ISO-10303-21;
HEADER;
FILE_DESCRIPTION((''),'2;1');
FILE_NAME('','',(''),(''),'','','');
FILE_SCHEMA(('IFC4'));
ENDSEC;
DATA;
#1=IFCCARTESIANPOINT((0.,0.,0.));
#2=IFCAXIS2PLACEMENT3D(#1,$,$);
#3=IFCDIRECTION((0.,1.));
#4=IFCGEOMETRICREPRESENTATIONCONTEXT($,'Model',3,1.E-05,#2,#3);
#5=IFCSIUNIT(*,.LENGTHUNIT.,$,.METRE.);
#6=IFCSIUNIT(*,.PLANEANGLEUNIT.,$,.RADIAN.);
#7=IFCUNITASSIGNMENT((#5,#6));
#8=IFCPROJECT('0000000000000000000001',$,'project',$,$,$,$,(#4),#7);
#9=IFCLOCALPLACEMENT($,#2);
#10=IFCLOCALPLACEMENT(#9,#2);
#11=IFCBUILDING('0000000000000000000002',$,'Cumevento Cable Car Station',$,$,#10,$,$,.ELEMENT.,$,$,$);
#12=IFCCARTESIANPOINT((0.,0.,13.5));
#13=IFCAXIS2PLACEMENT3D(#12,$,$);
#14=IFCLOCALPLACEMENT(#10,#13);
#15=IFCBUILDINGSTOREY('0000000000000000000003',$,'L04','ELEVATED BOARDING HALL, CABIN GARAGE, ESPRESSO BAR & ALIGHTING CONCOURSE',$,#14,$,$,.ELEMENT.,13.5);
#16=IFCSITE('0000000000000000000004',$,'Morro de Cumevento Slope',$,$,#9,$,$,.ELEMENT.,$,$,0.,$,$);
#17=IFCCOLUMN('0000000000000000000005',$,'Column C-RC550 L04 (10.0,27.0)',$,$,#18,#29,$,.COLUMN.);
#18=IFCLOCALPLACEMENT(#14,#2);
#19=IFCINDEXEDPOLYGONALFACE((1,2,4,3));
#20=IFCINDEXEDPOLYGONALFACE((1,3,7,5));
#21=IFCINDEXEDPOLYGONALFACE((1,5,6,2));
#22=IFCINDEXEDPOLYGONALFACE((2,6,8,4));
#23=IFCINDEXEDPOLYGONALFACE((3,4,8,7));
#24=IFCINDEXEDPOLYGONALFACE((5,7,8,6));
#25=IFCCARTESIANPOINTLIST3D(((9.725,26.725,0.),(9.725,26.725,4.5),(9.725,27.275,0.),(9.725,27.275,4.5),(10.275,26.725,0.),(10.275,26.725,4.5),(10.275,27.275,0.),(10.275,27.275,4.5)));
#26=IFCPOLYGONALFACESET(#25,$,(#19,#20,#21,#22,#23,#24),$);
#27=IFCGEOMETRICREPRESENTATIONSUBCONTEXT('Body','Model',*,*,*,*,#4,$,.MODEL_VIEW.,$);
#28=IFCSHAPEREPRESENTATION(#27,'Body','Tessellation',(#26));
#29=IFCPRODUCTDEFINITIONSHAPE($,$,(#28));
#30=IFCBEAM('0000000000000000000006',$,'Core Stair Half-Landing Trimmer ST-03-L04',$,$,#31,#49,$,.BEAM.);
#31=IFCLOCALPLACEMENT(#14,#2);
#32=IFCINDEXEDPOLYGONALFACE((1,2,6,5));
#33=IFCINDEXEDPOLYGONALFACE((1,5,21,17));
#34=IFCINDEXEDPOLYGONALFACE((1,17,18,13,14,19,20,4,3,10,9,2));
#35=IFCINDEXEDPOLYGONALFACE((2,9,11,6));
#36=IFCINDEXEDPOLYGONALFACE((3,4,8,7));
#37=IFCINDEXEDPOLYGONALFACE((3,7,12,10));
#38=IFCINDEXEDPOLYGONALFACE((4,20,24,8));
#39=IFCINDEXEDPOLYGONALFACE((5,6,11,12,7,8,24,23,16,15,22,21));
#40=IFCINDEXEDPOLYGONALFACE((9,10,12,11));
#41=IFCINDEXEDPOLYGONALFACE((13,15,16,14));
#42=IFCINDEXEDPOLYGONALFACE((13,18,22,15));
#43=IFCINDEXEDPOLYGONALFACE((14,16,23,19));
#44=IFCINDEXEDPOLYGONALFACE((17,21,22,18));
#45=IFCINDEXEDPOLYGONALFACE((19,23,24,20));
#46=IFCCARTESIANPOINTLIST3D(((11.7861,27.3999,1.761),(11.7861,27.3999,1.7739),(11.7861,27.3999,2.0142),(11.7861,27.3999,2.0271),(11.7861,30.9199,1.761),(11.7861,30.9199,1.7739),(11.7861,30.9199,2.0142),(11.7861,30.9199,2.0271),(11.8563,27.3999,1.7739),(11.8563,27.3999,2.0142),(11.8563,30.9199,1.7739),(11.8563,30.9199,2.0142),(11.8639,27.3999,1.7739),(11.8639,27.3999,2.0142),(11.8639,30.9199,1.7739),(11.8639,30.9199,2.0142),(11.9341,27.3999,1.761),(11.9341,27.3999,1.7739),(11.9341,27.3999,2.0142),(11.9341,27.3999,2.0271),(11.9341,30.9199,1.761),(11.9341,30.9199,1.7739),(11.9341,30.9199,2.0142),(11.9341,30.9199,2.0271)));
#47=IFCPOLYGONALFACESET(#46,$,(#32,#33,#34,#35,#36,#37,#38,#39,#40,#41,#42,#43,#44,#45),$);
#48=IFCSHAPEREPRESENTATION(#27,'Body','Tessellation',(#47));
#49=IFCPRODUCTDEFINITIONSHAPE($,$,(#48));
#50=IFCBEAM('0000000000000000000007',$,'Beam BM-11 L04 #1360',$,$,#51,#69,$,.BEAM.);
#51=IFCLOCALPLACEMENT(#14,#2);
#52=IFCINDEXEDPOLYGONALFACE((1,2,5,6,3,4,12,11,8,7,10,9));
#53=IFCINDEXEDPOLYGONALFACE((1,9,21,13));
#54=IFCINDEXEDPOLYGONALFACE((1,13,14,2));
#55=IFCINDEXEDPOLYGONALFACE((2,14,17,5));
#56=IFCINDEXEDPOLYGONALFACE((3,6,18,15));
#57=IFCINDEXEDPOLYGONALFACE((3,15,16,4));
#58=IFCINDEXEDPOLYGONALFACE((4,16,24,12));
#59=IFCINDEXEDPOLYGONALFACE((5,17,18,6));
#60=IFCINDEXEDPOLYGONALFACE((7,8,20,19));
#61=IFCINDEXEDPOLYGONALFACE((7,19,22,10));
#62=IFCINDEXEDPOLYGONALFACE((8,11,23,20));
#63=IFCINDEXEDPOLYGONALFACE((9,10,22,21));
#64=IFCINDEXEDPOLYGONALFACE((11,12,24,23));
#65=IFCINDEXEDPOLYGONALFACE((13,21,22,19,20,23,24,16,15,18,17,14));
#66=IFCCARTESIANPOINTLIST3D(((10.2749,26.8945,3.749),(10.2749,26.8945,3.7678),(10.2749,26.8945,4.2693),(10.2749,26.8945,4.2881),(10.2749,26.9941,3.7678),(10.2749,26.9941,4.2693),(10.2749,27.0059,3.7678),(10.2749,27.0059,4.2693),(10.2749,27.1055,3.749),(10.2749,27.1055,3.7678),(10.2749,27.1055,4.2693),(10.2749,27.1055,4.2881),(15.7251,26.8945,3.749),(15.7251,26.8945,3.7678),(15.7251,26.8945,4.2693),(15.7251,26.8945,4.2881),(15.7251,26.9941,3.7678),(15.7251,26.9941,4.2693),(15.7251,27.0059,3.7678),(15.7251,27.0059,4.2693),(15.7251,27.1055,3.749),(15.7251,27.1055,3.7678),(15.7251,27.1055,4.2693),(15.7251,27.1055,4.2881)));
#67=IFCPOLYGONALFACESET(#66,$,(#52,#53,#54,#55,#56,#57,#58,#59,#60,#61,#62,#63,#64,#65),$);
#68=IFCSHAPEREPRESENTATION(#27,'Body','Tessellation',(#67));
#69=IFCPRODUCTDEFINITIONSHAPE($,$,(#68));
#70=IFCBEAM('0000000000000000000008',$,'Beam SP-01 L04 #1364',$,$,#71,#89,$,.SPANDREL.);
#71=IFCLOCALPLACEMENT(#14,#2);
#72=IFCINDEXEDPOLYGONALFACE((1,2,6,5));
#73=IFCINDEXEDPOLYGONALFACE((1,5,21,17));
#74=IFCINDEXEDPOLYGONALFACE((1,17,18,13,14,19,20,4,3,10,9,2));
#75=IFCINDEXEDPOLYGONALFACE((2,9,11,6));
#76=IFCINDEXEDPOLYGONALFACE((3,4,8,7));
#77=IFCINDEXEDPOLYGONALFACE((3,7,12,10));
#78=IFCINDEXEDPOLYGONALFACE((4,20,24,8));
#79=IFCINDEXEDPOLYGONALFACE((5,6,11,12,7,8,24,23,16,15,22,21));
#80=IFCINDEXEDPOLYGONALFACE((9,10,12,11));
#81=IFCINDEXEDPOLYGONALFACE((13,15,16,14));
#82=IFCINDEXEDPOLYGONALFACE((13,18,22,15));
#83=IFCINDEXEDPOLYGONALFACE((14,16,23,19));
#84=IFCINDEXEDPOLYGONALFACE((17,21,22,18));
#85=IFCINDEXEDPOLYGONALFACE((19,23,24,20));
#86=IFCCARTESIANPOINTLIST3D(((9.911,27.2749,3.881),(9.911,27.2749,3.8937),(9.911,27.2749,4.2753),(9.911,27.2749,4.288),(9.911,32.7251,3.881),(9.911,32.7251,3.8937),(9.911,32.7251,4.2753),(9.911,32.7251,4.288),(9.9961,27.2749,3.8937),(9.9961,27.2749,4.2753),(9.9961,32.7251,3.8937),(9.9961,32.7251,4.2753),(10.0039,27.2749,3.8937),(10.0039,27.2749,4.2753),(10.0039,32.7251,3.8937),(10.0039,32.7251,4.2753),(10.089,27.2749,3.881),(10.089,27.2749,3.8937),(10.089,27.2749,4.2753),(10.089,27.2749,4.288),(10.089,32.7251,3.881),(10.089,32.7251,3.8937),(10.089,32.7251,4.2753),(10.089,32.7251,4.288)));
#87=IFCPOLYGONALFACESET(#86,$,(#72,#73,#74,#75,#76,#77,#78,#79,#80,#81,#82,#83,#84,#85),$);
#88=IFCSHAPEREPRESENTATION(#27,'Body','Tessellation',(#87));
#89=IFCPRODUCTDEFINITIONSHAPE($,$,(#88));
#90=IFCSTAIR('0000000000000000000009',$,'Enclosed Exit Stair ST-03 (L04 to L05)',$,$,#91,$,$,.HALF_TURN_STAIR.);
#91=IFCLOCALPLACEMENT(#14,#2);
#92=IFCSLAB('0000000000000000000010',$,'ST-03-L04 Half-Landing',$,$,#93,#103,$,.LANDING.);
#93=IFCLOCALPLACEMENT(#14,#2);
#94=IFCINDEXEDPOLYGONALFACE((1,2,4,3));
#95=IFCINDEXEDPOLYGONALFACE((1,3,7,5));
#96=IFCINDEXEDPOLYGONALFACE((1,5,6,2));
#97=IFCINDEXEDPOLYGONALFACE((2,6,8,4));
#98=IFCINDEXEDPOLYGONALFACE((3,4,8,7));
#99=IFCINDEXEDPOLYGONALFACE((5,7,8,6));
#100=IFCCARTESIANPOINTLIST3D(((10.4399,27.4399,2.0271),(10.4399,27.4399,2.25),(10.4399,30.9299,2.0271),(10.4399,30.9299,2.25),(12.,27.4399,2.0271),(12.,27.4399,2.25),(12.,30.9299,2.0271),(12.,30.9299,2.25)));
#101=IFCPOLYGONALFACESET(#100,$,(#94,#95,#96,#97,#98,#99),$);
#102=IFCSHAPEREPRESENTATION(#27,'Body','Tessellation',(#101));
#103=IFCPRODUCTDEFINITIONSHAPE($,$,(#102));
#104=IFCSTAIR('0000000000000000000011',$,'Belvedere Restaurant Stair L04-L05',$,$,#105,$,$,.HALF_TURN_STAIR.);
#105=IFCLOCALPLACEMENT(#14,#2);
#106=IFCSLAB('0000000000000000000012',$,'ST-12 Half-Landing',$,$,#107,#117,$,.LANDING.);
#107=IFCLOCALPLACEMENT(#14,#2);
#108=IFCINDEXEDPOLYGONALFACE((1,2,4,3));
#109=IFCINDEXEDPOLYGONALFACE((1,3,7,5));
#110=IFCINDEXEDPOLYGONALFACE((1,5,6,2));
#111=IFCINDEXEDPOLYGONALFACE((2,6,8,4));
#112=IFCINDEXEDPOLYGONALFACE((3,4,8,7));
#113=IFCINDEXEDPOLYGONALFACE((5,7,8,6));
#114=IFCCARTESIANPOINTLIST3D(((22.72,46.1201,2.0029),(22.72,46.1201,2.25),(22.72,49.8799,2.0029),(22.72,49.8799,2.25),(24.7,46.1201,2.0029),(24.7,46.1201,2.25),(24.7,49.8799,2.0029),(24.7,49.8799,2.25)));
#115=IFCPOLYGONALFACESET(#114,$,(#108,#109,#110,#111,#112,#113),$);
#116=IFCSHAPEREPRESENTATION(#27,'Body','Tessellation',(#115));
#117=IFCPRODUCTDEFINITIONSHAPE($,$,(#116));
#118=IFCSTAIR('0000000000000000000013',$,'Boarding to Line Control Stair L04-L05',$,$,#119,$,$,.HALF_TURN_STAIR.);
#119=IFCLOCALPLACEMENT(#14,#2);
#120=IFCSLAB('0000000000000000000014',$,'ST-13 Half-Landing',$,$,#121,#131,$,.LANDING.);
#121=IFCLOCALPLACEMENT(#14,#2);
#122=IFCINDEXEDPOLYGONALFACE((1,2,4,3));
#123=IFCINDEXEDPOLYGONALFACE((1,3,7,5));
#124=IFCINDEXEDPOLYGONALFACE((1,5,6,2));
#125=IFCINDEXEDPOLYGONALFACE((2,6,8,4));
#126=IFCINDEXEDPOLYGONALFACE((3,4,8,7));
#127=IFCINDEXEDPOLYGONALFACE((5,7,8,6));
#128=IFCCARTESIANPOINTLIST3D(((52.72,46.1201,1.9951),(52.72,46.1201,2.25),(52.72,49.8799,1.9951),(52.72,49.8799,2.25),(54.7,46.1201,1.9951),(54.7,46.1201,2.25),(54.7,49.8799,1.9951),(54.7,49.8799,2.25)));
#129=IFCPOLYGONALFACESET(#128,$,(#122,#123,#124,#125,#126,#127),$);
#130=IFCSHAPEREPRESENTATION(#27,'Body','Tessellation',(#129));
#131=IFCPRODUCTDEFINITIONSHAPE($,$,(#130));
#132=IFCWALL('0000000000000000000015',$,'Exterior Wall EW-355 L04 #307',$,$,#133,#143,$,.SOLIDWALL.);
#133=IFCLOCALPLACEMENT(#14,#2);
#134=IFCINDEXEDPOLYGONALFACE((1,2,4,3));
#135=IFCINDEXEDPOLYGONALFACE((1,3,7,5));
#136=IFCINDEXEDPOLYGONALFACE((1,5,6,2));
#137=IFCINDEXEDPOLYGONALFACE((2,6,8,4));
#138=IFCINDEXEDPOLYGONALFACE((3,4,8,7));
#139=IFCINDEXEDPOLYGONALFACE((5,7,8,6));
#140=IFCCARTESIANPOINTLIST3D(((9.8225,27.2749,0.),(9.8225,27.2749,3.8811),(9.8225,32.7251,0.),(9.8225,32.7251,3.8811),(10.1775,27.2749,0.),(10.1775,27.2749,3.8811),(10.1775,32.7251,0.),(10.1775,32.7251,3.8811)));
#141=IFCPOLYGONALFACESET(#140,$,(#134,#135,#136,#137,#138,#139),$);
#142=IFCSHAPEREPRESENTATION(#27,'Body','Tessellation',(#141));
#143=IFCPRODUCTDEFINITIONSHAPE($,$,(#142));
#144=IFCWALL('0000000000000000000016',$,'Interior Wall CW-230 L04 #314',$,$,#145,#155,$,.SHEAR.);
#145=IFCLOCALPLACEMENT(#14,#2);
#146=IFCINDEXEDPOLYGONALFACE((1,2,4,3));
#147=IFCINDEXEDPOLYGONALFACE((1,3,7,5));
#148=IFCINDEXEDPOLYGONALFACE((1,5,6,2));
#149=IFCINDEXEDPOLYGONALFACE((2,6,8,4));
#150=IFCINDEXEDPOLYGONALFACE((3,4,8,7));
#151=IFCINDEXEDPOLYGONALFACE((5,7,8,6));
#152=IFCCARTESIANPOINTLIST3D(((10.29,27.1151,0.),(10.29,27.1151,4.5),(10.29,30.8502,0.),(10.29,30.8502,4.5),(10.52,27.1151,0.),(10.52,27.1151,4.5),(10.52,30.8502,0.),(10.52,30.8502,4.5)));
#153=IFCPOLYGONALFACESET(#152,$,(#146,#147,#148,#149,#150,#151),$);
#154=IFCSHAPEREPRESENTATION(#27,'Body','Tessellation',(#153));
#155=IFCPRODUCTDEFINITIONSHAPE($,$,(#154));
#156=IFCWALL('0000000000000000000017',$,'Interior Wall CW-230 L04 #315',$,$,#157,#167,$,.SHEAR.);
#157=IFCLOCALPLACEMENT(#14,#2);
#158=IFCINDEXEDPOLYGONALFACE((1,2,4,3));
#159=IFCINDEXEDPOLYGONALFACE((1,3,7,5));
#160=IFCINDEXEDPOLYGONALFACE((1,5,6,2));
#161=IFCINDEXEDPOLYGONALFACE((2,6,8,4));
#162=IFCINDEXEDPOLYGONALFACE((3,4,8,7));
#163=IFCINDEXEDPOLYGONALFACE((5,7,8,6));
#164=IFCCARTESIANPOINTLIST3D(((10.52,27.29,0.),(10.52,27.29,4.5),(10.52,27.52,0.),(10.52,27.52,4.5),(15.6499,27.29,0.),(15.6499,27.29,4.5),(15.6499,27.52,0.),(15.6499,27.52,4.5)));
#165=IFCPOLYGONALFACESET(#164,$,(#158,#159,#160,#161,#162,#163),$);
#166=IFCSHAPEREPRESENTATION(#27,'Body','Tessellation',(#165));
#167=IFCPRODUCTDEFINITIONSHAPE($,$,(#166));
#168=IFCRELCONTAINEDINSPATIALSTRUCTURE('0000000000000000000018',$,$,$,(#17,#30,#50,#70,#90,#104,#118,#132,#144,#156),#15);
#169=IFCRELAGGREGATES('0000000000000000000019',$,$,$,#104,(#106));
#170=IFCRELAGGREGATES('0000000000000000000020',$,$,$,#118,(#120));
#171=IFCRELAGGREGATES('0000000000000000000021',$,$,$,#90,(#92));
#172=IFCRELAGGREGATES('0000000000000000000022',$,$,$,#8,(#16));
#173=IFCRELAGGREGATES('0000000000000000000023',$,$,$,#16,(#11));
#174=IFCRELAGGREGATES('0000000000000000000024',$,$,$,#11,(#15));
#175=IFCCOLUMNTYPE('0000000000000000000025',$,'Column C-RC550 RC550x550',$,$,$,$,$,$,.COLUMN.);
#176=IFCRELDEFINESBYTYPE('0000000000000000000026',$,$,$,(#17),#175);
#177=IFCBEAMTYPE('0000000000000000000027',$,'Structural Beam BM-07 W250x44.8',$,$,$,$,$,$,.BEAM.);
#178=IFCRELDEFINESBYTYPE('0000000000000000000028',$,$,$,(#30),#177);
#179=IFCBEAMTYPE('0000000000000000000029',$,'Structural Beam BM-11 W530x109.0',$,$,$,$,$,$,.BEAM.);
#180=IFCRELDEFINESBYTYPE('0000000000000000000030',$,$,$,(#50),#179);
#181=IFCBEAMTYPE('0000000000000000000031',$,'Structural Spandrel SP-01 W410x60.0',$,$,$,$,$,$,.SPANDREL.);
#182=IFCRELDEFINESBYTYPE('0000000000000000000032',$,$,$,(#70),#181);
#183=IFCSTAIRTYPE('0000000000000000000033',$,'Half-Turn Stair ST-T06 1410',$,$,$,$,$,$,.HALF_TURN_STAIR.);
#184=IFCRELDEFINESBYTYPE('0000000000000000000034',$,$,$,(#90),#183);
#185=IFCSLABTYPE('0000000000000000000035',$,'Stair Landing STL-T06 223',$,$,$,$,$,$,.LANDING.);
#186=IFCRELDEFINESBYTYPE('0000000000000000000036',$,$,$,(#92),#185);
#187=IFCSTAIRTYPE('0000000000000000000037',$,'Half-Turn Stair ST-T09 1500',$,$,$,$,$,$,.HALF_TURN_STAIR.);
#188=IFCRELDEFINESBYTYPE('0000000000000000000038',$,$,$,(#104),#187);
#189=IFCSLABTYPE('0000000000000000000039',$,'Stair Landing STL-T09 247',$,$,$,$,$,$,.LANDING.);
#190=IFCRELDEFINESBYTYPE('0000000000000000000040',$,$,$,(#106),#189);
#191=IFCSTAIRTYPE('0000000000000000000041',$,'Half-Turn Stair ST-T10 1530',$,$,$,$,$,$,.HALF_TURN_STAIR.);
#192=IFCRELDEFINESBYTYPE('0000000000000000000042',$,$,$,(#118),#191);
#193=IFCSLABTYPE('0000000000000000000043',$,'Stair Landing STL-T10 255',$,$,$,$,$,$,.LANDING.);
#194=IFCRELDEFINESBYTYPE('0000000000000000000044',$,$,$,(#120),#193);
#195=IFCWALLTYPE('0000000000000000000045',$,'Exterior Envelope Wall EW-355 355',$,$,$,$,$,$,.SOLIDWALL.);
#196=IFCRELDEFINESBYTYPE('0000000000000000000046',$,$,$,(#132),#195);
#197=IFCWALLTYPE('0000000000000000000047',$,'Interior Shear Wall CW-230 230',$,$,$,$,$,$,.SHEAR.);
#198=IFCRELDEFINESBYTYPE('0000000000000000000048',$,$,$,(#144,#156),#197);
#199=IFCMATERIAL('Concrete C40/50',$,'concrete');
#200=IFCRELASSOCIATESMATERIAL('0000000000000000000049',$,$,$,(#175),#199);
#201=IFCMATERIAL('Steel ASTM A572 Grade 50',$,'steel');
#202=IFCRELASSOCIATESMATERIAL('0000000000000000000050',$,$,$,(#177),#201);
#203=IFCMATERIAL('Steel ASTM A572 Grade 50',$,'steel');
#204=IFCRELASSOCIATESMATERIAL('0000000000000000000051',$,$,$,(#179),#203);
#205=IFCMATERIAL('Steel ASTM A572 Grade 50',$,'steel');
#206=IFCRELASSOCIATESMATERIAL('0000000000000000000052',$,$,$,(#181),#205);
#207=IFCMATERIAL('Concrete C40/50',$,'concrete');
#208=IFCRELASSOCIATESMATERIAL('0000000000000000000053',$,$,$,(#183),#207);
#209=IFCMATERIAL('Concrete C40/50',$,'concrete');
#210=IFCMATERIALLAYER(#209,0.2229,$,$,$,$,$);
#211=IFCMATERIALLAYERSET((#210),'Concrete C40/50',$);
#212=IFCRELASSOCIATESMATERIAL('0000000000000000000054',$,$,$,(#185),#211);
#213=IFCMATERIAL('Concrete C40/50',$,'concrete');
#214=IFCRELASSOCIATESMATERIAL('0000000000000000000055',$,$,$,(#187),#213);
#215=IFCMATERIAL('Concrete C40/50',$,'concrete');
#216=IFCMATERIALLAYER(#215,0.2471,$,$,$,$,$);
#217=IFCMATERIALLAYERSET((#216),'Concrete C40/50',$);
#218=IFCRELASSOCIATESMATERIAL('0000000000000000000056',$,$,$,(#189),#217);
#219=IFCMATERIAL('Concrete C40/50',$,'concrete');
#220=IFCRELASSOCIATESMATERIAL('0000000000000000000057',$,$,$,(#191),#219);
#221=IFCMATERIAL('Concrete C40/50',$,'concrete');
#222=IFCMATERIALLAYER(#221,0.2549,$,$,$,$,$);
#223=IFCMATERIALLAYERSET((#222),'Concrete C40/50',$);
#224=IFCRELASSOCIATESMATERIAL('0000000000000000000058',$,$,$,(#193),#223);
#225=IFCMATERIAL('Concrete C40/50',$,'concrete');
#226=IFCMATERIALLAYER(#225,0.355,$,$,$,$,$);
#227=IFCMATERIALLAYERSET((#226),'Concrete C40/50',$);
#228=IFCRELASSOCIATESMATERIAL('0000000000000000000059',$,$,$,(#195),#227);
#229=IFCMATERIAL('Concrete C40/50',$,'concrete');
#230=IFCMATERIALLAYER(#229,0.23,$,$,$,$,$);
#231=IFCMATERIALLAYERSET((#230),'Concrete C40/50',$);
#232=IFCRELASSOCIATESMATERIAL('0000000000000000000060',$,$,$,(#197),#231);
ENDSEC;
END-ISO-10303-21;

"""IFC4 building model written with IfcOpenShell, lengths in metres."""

from ifc_helpers import new_model, si_unit, direction, frame, frame_2d, origin, origin_2d, place, context, subcontext, project, spatial, polyline, rectangle, i_section, outline, extrude, material, layer, layer_set, material_profile, profile_set, type_object, element, aggregate, save


model = new_model("IFC4")

# Units and contexts
model_context = context("Model", 3, precision=1e-05, world=origin(), true_north=direction((0.0, 1.0)))
body_context = subcontext(model_context, "Body", "Model", "MODEL_VIEW")
ifc_project = project(units=[si_unit("LENGTHUNIT", "METRE"), si_unit("PLANEANGLEUNIT", "RADIAN")], contexts=[model_context])

# Site, building, storey
site_placement = place(None, origin())
site = spatial("IfcSite", under=ifc_project, at=site_placement, Name="Morro de Cumevento Slope", CompositionType="ELEMENT", RefElevation=0.0)
building_placement = place(site_placement, origin())
building = spatial("IfcBuilding", under=site, at=building_placement, Name="Cumevento Cable Car Station", CompositionType="ELEMENT")
storey_placement = place(building_placement, frame((0.0, 0.0, 13.5)))
storey = spatial("IfcBuildingStorey", under=building, at=storey_placement, Name="L04", Description="ELEVATED BOARDING HALL, CABIN GARAGE, ESPRESSO BAR & ALIGHTING CONCOURSE", CompositionType="ELEMENT", Elevation=13.5)

# Column
ifc_material_1 = material(Name="Concrete C40/50", Category="concrete")
ifc_material_profile_1 = material_profile(ifc_material_1, rectangle(XDim=0.55, YDim=0.55, at=origin_2d()), Name="RC550x550")
ifc_profile_set_1 = profile_set([ifc_material_profile_1], Name="Concrete C40/50")
column_type = type_object("IfcColumnType", Name="Column C-RC550 RC550x550", PredefinedType="COLUMN", material=ifc_profile_set_1)
column_placement = place(storey_placement, frame((10.0, 27.0, 0.0), z_axis=(0.0, 0.0, 1.0), x_axis=(1.0, 0.0, 0.0)))
element("IfcColumn", 1, at=column_placement, inside=storey, type_object=column_type, Name="Column C-RC550 L04 (10.0,27.0)", PredefinedType="COLUMN", context=body_context, shape_type="SweptSolid", body=[
    extrude(rectangle(XDim=0.55, YDim=0.55, at=origin_2d()), origin(), (0.0, 0.0, 1.0), 4.5),
])

# Beams
ifc_material_2 = material(Name="Steel ASTM A572 Grade 50", Category="steel")
ifc_material_profile_2 = material_profile(ifc_material_2, i_section(OverallWidth=0.1479, OverallDepth=0.2661, WebThickness=0.0076, FlangeThickness=0.0129, at=origin_2d()), Name="W250x44.8")
ifc_profile_set_2 = profile_set([ifc_material_profile_2], Name="Steel ASTM A572 Grade 50")
beam_type_1 = type_object("IfcBeamType", Name="Structural Beam BM-07 W250x44.8", PredefinedType="BEAM", material=ifc_profile_set_2)
beam_1_placement = place(storey_placement, frame((11.8601, 27.3999, 1.894), z_axis=(0.0, 1.0, 0.0), x_axis=(-1.0, 0.0, 0.0)))
element("IfcBeam", 2, at=beam_1_placement, inside=storey, type_object=beam_type_1, Name="Core Stair Half-Landing Trimmer ST-03-L04", PredefinedType="BEAM", context=body_context, shape_type="SweptSolid", body=[
    extrude(i_section(OverallWidth=0.1479, OverallDepth=0.2661, WebThickness=0.0076, FlangeThickness=0.0129, at=origin_2d()), origin(), (0.0, 0.0, 1.0), 3.52),
])
ifc_material_3 = material(Name="Steel ASTM A572 Grade 50", Category="steel")
ifc_material_profile_3 = material_profile(ifc_material_3, i_section(OverallWidth=0.2109, OverallDepth=0.5391, WebThickness=0.0117, FlangeThickness=0.0188, at=origin_2d()), Name="W530x109.0")
ifc_profile_set_3 = profile_set([ifc_material_profile_3], Name="Steel ASTM A572 Grade 50")
beam_type_2 = type_object("IfcBeamType", Name="Structural Beam BM-11 W530x109.0", PredefinedType="BEAM", material=ifc_profile_set_3)
beam_2_placement = place(storey_placement, frame((10.2749, 27.0, 4.0186), z_axis=(1.0, 0.0, 0.0), x_axis=(0.0, 1.0, 0.0)))
element("IfcBeam", 3, at=beam_2_placement, inside=storey, type_object=beam_type_2, Name="Beam BM-11 L04 #1360", PredefinedType="BEAM", context=body_context, shape_type="SweptSolid", body=[
    extrude(i_section(OverallWidth=0.2109, OverallDepth=0.5391, WebThickness=0.0117, FlangeThickness=0.0188, at=origin_2d()), origin(), (0.0, 0.0, 1.0), 5.4502),
])
ifc_material_4 = material(Name="Steel ASTM A572 Grade 50", Category="steel")
ifc_material_profile_4 = material_profile(ifc_material_4, i_section(OverallWidth=0.178, OverallDepth=0.407, WebThickness=0.0078, FlangeThickness=0.0127, at=origin_2d()), Name="W410x60.0")
ifc_profile_set_4 = profile_set([ifc_material_profile_4], Name="Steel ASTM A572 Grade 50")
beam_type_3 = type_object("IfcBeamType", Name="Structural Spandrel SP-01 W410x60.0", PredefinedType="SPANDREL", material=ifc_profile_set_4)
beam_3_placement = place(storey_placement, frame((10.0, 27.2749, 4.0845), z_axis=(0.0, 1.0, 0.0), x_axis=(-1.0, 0.0, 0.0)))
element("IfcBeam", 4, at=beam_3_placement, inside=storey, type_object=beam_type_3, Name="Beam SP-01 L04 #1364", PredefinedType="SPANDREL", context=body_context, shape_type="SweptSolid", body=[
    extrude(i_section(OverallWidth=0.178, OverallDepth=0.407, WebThickness=0.0078, FlangeThickness=0.0127, at=origin_2d()), origin(), (0.0, 0.0, 1.0), 5.4502),
])

# Stairs, slabs
ifc_material_5 = material(Name="Concrete C40/50", Category="concrete")
stair_type_1 = type_object("IfcStairType", Name="Half-Turn Stair ST-T06 1410", PredefinedType="HALF_TURN_STAIR", material=ifc_material_5)
stair_1_placement = place(storey_placement, origin())
stair_1 = element("IfcStair", 5, at=stair_1_placement, inside=storey, type_object=stair_type_1, Name="Enclosed Exit Stair ST-03 (L04 to L05)", PredefinedType="HALF_TURN_STAIR")
ifc_material_6 = material(Name="Concrete C40/50", Category="concrete")
ifc_layer_1 = layer(ifc_material_6, 0.2229)
ifc_layer_set_1 = layer_set([ifc_layer_1], Name="Concrete C40/50")
slab_type_1 = type_object("IfcSlabType", Name="Stair Landing STL-T06 223", PredefinedType="LANDING", material=ifc_layer_set_1)
slab_1_placement = place(storey_placement, frame((0.0, 0.0, 2.0271)))
slab_1 = element("IfcSlab", 6, at=slab_1_placement, type_object=slab_type_1, Name="ST-03-L04 Half-Landing", PredefinedType="LANDING", context=body_context, shape_type="SweptSolid", body=[
    extrude(outline(polyline([(10.4399, 27.4399), (12.0, 27.4399), (12.0, 30.9299), (10.4399, 30.9299), (10.4399, 27.4399)])), origin(), (0.0, 0.0, 1.0), 0.2229),
])
ifc_material_7 = material(Name="Concrete C40/50", Category="concrete")
stair_type_2 = type_object("IfcStairType", Name="Half-Turn Stair ST-T09 1500", PredefinedType="HALF_TURN_STAIR", material=ifc_material_7)
stair_2_placement = place(storey_placement, origin())
stair_2 = element("IfcStair", 7, at=stair_2_placement, inside=storey, type_object=stair_type_2, Name="Belvedere Restaurant Stair L04-L05", PredefinedType="HALF_TURN_STAIR")
ifc_material_8 = material(Name="Concrete C40/50", Category="concrete")
ifc_layer_2 = layer(ifc_material_8, 0.2471)
ifc_layer_set_2 = layer_set([ifc_layer_2], Name="Concrete C40/50")
slab_type_2 = type_object("IfcSlabType", Name="Stair Landing STL-T09 247", PredefinedType="LANDING", material=ifc_layer_set_2)
slab_2_placement = place(storey_placement, frame((0.0, 0.0, 2.0029)))
slab_2 = element("IfcSlab", 8, at=slab_2_placement, type_object=slab_type_2, Name="ST-12 Half-Landing", PredefinedType="LANDING", context=body_context, shape_type="SweptSolid", body=[
    extrude(outline(polyline([(22.72, 46.1201), (24.7, 46.1201), (24.7, 49.8799), (22.72, 49.8799), (22.72, 46.1201)])), origin(), (0.0, 0.0, 1.0), 0.2471),
])
aggregate(stair_2, [slab_2])
ifc_material_9 = material(Name="Concrete C40/50", Category="concrete")
stair_type_3 = type_object("IfcStairType", Name="Half-Turn Stair ST-T10 1530", PredefinedType="HALF_TURN_STAIR", material=ifc_material_9)
stair_3_placement = place(storey_placement, origin())
stair_3 = element("IfcStair", 9, at=stair_3_placement, inside=storey, type_object=stair_type_3, Name="Boarding to Line Control Stair L04-L05", PredefinedType="HALF_TURN_STAIR")
ifc_material_10 = material(Name="Concrete C40/50", Category="concrete")
ifc_layer_3 = layer(ifc_material_10, 0.2549)
ifc_layer_set_3 = layer_set([ifc_layer_3], Name="Concrete C40/50")
slab_type_3 = type_object("IfcSlabType", Name="Stair Landing STL-T10 255", PredefinedType="LANDING", material=ifc_layer_set_3)
slab_3_placement = place(storey_placement, frame((0.0, 0.0, 1.9951)))
slab_3 = element("IfcSlab", 10, at=slab_3_placement, type_object=slab_type_3, Name="ST-13 Half-Landing", PredefinedType="LANDING", context=body_context, shape_type="SweptSolid", body=[
    extrude(outline(polyline([(52.72, 46.1201), (54.7, 46.1201), (54.7, 49.8799), (52.72, 49.8799), (52.72, 46.1201)])), origin(), (0.0, 0.0, 1.0), 0.2549),
])
aggregate(stair_3, [slab_3])

# Walls
ifc_material_11 = material(Name="Concrete C40/50", Category="concrete")
ifc_layer_4 = layer(ifc_material_11, 0.355)
ifc_layer_set_4 = layer_set([ifc_layer_4], Name="Concrete C40/50")
wall_type_1 = type_object("IfcWallType", Name="Exterior Envelope Wall EW-355 355", PredefinedType="SOLIDWALL", material=ifc_layer_set_4)
wall_1_placement = place(storey_placement, frame((10.0, 27.2749, 0.0), z_axis=(0.0, 0.0, 1.0), x_axis=(0.0, 1.0, 0.0)))
element("IfcWall", 11, at=wall_1_placement, inside=storey, type_object=wall_type_1, Name="Exterior Wall EW-355 L04 #307", PredefinedType="SOLIDWALL", context=body_context, shape_type="SweptSolid", body=[
    extrude(rectangle(XDim=5.4502, YDim=0.355, at=frame_2d((2.7251, 0.0))), origin(), (0.0, 0.0, 1.0), 3.8811),
])
ifc_material_12 = material(Name="Concrete C40/50", Category="concrete")
ifc_layer_5 = layer(ifc_material_12, 0.23)
ifc_layer_set_5 = layer_set([ifc_layer_5], Name="Concrete C40/50")
wall_type_2 = type_object("IfcWallType", Name="Interior Shear Wall CW-230 230", PredefinedType="SHEAR", material=ifc_layer_set_5)
wall_2_placement = place(storey_placement, frame((10.405, 27.115, 0.0), z_axis=(0.0, 0.0, 1.0), x_axis=(0.0, 1.0, 0.0)))
element("IfcWall", 12, at=wall_2_placement, inside=storey, type_object=wall_type_2, Name="Interior Wall CW-230 L04 #314", PredefinedType="SHEAR", context=body_context, shape_type="SweptSolid", body=[
    extrude(rectangle(XDim=3.7351, YDim=0.23, at=frame_2d((1.8677, 0.0))), origin(), (0.0, 0.0, 1.0), 4.5),
])
wall_3_placement = place(storey_placement, frame((10.52, 27.405, 0.0), z_axis=(0.0, 0.0, 1.0), x_axis=(1.0, 0.0, 0.0)))
element("IfcWall", 13, at=wall_3_placement, inside=storey, type_object=wall_type_2, Name="Interior Wall CW-230 L04 #315", PredefinedType="SHEAR", context=body_context, shape_type="SweptSolid", body=[
    extrude(rectangle(XDim=5.1299, YDim=0.23, at=frame_2d((2.5649, 0.0))), origin(), (0.0, 0.0, 1.0), 4.5),
])

aggregate(stair_1, [slab_1])

save(model, "model.ifc")
